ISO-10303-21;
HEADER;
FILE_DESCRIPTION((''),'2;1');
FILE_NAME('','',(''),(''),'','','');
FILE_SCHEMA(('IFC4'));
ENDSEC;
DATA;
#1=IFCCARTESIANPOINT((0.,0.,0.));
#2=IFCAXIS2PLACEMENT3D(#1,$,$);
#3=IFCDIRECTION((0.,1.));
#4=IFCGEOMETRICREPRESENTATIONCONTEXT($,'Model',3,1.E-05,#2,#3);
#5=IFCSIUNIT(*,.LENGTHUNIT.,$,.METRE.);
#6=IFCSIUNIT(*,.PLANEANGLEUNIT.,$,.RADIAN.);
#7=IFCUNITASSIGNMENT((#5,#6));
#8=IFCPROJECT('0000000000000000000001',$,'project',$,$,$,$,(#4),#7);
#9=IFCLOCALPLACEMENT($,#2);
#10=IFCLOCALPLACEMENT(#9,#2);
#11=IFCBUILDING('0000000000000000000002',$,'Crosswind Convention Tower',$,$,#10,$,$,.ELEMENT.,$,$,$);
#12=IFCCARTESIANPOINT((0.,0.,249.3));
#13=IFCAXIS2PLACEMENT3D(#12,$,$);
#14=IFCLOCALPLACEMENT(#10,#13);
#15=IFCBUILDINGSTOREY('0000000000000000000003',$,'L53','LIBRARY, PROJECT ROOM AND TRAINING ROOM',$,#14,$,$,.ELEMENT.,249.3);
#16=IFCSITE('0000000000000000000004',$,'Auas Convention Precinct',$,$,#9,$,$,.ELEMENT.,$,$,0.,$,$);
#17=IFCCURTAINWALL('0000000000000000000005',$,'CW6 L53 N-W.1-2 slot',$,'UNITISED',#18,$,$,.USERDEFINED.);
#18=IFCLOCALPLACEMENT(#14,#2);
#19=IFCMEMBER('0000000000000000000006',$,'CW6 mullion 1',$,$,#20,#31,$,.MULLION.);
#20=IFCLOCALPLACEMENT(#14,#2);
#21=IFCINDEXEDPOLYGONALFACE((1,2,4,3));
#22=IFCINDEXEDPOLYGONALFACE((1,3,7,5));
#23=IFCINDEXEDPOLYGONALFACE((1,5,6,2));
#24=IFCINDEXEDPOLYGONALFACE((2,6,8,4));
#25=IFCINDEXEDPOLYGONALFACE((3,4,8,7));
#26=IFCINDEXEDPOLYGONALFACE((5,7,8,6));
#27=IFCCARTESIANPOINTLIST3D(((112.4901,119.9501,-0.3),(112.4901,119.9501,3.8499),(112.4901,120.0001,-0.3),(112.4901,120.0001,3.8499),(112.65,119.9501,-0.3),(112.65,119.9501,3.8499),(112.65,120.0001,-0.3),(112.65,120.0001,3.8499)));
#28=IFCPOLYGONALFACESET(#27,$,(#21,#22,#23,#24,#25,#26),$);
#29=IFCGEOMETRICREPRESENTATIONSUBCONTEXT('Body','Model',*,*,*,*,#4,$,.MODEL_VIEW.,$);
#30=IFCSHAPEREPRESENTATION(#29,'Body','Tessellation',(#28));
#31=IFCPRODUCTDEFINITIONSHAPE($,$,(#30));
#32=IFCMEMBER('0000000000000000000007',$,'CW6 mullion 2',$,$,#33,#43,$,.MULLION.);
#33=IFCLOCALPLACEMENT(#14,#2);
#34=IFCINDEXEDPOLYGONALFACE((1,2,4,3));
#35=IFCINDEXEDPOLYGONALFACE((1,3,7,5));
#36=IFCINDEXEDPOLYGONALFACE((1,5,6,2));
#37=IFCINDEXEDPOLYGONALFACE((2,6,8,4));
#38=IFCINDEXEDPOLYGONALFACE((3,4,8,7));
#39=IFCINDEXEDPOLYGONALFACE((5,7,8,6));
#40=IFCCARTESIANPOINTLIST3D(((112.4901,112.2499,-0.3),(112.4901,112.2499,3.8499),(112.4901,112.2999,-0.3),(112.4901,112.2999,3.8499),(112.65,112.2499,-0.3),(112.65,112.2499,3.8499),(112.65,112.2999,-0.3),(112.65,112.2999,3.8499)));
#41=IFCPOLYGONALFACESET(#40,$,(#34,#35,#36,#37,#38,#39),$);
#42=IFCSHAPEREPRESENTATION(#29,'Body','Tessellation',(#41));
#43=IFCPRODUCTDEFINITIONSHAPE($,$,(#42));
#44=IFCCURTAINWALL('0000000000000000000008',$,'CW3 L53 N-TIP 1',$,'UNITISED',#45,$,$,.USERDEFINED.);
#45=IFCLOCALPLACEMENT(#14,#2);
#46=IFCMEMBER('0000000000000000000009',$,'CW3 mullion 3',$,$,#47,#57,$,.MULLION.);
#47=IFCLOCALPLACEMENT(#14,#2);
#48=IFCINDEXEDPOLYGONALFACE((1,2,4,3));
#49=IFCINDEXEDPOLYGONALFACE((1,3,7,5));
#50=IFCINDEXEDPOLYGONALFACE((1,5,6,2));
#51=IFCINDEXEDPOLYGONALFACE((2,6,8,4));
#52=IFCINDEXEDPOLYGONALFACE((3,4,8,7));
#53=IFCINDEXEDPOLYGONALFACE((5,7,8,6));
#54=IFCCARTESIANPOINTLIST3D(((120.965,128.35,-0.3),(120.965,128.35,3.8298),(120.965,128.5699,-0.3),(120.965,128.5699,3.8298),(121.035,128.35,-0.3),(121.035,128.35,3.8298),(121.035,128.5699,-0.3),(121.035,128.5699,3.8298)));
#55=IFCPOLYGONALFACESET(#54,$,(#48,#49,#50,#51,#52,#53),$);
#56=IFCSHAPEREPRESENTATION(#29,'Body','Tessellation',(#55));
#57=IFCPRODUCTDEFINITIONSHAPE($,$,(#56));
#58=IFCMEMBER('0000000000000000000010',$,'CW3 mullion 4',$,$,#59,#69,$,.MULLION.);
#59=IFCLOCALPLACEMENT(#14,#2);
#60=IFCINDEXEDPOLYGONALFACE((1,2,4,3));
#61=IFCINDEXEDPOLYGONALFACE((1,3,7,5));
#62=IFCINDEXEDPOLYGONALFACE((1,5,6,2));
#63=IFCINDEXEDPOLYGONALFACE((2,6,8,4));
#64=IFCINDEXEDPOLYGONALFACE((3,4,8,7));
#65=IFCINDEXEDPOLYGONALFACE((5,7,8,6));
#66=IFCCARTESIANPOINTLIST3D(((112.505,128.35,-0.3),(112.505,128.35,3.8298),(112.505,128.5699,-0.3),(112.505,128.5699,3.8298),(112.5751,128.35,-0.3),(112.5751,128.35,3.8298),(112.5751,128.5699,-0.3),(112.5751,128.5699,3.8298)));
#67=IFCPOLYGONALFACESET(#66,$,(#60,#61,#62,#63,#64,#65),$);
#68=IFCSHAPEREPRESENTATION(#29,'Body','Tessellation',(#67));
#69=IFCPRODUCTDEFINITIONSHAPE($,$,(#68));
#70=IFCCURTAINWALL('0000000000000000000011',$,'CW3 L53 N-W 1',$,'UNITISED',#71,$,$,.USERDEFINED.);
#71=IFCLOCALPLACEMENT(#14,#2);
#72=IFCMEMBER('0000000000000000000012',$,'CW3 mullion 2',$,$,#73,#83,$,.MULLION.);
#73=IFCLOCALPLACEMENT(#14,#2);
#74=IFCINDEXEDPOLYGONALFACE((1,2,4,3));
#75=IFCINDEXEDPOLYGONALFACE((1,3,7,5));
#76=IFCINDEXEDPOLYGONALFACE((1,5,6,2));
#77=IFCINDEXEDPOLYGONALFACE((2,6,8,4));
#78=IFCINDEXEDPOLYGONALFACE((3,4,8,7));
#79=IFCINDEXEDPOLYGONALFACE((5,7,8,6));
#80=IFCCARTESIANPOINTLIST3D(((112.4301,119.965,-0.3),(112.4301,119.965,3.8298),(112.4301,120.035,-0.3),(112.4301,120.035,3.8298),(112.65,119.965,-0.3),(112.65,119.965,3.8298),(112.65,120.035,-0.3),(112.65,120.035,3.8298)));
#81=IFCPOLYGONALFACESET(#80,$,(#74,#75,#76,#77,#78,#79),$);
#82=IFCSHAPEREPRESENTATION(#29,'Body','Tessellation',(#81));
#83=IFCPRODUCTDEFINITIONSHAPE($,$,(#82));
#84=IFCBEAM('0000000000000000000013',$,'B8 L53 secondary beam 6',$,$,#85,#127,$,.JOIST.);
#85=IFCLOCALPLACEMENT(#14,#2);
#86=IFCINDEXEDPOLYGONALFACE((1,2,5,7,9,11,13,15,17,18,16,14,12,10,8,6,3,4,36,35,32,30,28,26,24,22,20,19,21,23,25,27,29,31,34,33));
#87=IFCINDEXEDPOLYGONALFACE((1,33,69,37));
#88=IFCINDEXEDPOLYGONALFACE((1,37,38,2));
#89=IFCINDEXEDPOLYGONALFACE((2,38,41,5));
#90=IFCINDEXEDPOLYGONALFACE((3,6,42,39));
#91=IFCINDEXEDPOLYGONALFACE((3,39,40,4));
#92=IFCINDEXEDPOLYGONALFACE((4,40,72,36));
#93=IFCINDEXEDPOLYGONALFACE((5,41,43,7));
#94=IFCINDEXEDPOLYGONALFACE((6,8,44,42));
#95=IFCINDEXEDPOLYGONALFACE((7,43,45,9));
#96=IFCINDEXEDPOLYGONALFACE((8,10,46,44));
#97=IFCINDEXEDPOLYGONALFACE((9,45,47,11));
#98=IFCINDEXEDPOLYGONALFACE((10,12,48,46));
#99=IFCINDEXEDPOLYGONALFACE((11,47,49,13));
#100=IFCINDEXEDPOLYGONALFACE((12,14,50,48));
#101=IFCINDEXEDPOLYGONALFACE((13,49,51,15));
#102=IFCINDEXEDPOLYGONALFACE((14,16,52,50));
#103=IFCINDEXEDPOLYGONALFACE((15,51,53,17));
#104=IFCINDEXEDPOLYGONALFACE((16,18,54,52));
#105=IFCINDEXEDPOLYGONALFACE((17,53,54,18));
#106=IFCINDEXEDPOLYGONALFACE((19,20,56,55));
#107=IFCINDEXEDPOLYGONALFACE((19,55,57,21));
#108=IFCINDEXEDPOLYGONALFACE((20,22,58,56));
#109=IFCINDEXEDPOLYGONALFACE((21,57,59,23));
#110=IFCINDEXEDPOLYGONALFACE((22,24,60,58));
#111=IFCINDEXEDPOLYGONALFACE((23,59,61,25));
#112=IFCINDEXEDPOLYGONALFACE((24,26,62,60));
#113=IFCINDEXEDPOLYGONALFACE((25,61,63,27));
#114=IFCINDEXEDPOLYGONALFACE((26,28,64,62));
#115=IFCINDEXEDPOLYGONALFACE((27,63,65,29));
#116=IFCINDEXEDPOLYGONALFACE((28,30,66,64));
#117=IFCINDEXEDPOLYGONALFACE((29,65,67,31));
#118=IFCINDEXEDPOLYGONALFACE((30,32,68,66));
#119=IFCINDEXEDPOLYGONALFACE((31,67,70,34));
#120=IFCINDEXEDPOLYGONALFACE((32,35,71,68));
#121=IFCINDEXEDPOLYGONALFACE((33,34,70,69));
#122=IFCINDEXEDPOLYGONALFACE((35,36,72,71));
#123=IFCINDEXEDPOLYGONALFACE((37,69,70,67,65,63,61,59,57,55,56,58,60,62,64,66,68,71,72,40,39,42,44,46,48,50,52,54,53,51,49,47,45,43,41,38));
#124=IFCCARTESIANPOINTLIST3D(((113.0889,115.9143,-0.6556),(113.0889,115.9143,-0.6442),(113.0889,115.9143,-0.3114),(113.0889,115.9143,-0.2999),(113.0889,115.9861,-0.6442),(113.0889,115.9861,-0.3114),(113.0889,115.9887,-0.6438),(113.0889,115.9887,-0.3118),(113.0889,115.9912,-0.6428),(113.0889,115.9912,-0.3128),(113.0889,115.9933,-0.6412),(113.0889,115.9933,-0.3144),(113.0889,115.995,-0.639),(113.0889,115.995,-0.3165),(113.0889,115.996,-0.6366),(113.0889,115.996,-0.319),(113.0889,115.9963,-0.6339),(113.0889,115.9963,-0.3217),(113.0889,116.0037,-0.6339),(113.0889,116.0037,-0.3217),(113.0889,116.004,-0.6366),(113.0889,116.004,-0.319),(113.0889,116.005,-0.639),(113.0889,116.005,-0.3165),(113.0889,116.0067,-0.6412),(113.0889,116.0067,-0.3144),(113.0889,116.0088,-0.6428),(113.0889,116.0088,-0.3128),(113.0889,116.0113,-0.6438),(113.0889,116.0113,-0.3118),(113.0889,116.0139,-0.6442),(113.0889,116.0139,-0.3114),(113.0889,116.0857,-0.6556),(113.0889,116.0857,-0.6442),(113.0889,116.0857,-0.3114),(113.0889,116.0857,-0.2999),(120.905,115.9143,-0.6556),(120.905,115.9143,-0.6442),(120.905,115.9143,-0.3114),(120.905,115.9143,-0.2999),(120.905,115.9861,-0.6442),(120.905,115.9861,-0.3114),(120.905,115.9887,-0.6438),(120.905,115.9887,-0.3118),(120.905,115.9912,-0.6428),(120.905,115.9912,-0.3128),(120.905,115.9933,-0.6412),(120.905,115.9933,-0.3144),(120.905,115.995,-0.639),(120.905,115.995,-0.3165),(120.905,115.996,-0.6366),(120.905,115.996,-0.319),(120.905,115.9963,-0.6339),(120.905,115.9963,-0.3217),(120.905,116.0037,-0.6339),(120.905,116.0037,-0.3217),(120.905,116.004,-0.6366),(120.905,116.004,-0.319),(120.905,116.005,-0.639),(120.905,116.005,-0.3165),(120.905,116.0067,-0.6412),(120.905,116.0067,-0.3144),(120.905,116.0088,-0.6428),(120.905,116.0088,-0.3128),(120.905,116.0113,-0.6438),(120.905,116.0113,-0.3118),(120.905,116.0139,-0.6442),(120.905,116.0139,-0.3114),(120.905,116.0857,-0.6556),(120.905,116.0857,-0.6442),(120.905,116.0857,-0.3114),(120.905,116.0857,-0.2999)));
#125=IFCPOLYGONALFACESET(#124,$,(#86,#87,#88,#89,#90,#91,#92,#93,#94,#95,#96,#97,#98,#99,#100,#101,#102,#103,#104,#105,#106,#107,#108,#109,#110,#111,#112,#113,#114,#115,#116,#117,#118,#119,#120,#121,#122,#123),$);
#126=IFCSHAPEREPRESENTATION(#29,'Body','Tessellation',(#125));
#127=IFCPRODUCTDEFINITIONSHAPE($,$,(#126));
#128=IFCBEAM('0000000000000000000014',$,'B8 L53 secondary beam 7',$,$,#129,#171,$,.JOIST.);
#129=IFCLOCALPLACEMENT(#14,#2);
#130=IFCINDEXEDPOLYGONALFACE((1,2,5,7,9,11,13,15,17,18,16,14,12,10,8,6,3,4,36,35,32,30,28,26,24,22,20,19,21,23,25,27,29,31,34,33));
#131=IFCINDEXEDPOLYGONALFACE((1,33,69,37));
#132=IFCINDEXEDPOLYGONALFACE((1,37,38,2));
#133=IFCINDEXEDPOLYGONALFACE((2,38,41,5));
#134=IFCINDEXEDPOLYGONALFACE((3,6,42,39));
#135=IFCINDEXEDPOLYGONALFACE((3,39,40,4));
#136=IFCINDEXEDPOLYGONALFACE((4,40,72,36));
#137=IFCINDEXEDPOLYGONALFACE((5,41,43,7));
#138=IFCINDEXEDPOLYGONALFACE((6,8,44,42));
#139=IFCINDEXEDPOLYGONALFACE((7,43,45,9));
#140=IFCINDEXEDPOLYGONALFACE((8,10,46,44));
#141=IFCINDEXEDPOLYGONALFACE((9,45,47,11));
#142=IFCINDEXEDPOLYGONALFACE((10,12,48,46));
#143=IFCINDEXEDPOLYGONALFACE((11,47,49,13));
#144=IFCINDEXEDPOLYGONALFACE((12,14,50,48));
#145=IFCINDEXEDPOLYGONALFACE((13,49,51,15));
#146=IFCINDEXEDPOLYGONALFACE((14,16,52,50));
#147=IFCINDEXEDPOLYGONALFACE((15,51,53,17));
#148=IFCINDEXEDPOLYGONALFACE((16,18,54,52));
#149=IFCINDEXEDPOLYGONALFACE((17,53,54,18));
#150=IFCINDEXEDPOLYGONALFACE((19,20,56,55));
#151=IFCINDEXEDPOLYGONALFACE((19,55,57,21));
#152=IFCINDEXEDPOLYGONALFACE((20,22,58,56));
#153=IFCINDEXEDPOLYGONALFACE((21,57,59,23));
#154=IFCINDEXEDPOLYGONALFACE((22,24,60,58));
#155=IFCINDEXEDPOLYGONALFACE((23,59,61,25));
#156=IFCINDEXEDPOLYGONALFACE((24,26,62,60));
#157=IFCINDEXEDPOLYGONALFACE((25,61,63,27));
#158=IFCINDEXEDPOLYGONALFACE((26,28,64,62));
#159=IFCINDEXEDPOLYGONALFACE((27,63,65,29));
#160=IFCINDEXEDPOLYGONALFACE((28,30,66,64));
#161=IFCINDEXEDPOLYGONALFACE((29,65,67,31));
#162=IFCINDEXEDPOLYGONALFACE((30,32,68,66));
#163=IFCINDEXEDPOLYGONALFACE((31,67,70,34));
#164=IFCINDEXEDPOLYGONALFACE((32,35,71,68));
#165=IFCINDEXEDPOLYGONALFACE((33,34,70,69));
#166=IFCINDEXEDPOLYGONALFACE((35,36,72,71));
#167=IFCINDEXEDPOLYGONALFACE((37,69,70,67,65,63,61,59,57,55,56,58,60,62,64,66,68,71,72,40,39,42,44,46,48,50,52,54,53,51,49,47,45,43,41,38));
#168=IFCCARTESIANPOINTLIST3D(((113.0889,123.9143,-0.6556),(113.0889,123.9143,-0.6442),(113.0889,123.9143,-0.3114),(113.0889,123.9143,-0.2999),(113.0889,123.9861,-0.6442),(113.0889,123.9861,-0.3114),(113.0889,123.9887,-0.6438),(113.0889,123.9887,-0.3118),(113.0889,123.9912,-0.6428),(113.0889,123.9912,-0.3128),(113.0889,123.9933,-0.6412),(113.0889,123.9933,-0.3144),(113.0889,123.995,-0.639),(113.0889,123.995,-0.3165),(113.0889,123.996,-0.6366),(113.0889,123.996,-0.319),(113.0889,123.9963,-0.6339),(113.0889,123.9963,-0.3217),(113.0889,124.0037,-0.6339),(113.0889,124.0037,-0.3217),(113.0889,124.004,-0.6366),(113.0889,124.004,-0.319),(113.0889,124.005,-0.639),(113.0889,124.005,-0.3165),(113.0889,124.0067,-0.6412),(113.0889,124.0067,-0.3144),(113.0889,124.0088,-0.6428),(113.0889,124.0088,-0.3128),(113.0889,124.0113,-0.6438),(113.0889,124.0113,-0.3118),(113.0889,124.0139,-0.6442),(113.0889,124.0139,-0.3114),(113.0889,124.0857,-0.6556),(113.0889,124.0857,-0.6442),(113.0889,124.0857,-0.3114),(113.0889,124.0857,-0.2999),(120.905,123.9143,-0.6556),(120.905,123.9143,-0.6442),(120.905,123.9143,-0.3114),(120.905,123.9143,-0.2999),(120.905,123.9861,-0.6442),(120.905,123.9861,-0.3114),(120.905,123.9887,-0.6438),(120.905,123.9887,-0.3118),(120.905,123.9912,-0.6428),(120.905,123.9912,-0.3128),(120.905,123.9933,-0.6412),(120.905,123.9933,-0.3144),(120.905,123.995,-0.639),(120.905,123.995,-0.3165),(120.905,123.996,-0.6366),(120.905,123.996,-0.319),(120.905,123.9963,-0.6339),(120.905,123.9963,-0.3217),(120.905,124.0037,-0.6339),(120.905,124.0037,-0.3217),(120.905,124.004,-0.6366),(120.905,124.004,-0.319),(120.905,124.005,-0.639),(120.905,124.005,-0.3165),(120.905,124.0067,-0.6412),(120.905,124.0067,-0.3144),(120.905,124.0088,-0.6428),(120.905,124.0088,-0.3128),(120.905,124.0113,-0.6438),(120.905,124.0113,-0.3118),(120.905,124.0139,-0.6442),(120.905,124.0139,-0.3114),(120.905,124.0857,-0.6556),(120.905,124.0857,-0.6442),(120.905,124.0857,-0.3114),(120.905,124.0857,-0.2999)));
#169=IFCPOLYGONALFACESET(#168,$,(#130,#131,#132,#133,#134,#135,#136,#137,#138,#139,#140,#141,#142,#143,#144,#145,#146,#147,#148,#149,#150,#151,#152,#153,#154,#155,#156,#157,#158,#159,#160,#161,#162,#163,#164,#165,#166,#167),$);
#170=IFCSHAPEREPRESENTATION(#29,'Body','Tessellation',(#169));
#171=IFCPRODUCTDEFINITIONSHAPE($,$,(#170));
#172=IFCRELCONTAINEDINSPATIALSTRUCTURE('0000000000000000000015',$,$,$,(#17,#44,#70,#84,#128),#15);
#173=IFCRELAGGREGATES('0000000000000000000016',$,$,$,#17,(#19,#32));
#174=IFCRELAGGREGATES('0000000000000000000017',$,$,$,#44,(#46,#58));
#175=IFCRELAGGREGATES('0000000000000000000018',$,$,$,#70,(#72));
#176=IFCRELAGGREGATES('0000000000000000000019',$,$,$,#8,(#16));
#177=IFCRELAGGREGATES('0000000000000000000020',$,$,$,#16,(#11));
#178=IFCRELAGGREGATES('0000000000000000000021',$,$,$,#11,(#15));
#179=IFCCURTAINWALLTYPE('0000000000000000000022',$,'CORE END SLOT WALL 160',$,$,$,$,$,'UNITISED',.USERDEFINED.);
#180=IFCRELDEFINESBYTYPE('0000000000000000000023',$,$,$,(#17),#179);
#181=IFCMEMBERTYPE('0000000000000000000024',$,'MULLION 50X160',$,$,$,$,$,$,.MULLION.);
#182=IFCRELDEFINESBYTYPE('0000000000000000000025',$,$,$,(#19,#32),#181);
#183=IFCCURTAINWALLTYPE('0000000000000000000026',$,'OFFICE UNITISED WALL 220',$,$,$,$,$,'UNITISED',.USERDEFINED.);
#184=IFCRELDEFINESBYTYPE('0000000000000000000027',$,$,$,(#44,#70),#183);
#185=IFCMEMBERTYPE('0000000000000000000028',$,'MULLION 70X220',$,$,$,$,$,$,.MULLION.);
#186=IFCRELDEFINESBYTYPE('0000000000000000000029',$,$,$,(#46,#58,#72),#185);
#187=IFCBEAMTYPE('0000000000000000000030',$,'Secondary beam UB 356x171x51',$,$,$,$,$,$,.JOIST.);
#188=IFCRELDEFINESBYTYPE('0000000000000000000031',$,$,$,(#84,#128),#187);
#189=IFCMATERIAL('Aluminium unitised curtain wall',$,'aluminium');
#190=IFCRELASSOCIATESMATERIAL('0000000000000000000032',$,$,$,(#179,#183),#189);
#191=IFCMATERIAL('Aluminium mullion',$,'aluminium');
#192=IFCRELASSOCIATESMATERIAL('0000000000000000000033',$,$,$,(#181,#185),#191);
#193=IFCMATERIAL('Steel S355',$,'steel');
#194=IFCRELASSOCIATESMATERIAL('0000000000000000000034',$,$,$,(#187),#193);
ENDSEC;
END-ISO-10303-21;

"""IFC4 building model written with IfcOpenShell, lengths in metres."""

from ifc_helpers import new_model, si_unit, direction, frame, origin, origin_2d, place, context, subcontext, project, spatial, rectangle, i_section, extrude, material, material_profile, profile_set, type_object, element, aggregate, save


model = new_model("IFC4")

# Units and contexts
model_context = context("Model", 3, precision=1e-05, world=origin(), true_north=direction((0.0, 1.0)))
body_context = subcontext(model_context, "Body", "Model", "MODEL_VIEW")
ifc_project = project(units=[si_unit("LENGTHUNIT", "METRE"), si_unit("PLANEANGLEUNIT", "RADIAN")], contexts=[model_context])

# Site, building, storey
site_placement = place(None, origin())
site = spatial("IfcSite", under=ifc_project, at=site_placement, Name="Auas Convention Precinct", CompositionType="ELEMENT", RefElevation=0.0)
building_placement = place(site_placement, origin())
building = spatial("IfcBuilding", under=site, at=building_placement, Name="Crosswind Convention Tower", CompositionType="ELEMENT")
storey_placement = place(building_placement, frame((0.0, 0.0, 249.3)))
storey = spatial("IfcBuildingStorey", under=building, at=storey_placement, Name="L53", Description="LIBRARY, PROJECT ROOM AND TRAINING ROOM", CompositionType="ELEMENT", Elevation=249.3)

# Shared definitions
ifc_material_1 = material(Name="Steel S355", Category="steel")

# Curtain walls, members
ifc_material_2 = material(Name="Aluminium unitised curtain wall", Category="aluminium")
curtain_wall_type_1 = type_object("IfcCurtainWallType", Name="CORE END SLOT WALL 160", ElementType="UNITISED", PredefinedType="USERDEFINED", material=ifc_material_2)
curtain_wall_1_placement = place(storey_placement, origin())
curtain_wall_1 = element("IfcCurtainWall", 1, at=curtain_wall_1_placement, inside=storey, type_object=curtain_wall_type_1, Name="CW6 L53 N-W.1-2 slot", ObjectType="UNITISED", PredefinedType="USERDEFINED")
ifc_material_3 = material(Name="Aluminium mullion", Category="aluminium")
ifc_material_profile_1 = material_profile(ifc_material_3, rectangle(XDim=0.1599, YDim=0.05, at=origin_2d()), Name="AL 160X50")
ifc_profile_set_1 = profile_set([ifc_material_profile_1], Name="Aluminium mullion")
member_type_1 = type_object("IfcMemberType", Name="MULLION 50X160", PredefinedType="MULLION", material=ifc_profile_set_1)
member_1_placement = place(storey_placement, frame((112.5701, 119.9751, -0.3), z_axis=(0.0, 0.0, 1.0), x_axis=(-1.0, 0.0, 0.0)))
member_1 = element("IfcMember", 2, at=member_1_placement, type_object=member_type_1, Name="CW6 mullion 1", PredefinedType="MULLION", context=body_context, shape_type="SweptSolid", body=[
    extrude(rectangle(XDim=0.1599, YDim=0.05, at=origin_2d()), origin(), (0.0, 0.0, 1.0), 4.1499),
])
member_2_placement = place(storey_placement, frame((112.5701, 112.2749, -0.3), z_axis=(0.0, 0.0, 1.0), x_axis=(-1.0, 0.0, 0.0)))
member_2 = element("IfcMember", 3, at=member_2_placement, type_object=member_type_1, Name="CW6 mullion 2", PredefinedType="MULLION", context=body_context, shape_type="SweptSolid", body=[
    extrude(rectangle(XDim=0.1599, YDim=0.05, at=origin_2d()), origin(), (0.0, 0.0, 1.0), 4.1499),
])
curtain_wall_type_2 = type_object("IfcCurtainWallType", Name="OFFICE UNITISED WALL 220", ElementType="UNITISED", PredefinedType="USERDEFINED", material=ifc_material_2)
curtain_wall_2_placement = place(storey_placement, origin())
curtain_wall_2 = element("IfcCurtainWall", 4, at=curtain_wall_2_placement, inside=storey, type_object=curtain_wall_type_2, Name="CW3 L53 N-TIP 1", ObjectType="UNITISED", PredefinedType="USERDEFINED")
ifc_material_profile_2 = material_profile(ifc_material_3, rectangle(XDim=0.22, YDim=0.0701, at=origin_2d()), Name="AL 220X70")
ifc_profile_set_2 = profile_set([ifc_material_profile_2], Name="Aluminium mullion")
member_type_2 = type_object("IfcMemberType", Name="MULLION 70X220", PredefinedType="MULLION", material=ifc_profile_set_2)
member_3_placement = place(storey_placement, frame((121.0, 128.46, -0.3), z_axis=(0.0, 0.0, 1.0), x_axis=(0.0, 1.0, 0.0)))
member_3 = element("IfcMember", 5, at=member_3_placement, type_object=member_type_2, Name="CW3 mullion 3", PredefinedType="MULLION", context=body_context, shape_type="SweptSolid", body=[
    extrude(rectangle(XDim=0.22, YDim=0.0701, at=origin_2d()), origin(), (0.0, 0.0, 1.0), 4.1299),
])
member_4_placement = place(storey_placement, frame((112.54, 128.46, -0.3), z_axis=(0.0, 0.0, 1.0), x_axis=(0.0, 1.0, 0.0)))
member_4 = element("IfcMember", 6, at=member_4_placement, type_object=member_type_2, Name="CW3 mullion 4", PredefinedType="MULLION", context=body_context, shape_type="SweptSolid", body=[
    extrude(rectangle(XDim=0.22, YDim=0.0701, at=origin_2d()), origin(), (0.0, 0.0, 1.0), 4.1299),
])

# Curtain wall, member
curtain_wall_3_placement = place(storey_placement, origin())
curtain_wall_3 = element("IfcCurtainWall", 7, at=curtain_wall_3_placement, inside=storey, type_object=curtain_wall_type_2, Name="CW3 L53 N-W 1", ObjectType="UNITISED", PredefinedType="USERDEFINED")
member_5_placement = place(storey_placement, frame((112.54, 120.0, -0.3), z_axis=(0.0, 0.0, 1.0), x_axis=(-1.0, 0.0, 0.0)))
member_5 = element("IfcMember", 8, at=member_5_placement, type_object=member_type_2, Name="CW3 mullion 2", PredefinedType="MULLION", context=body_context, shape_type="SweptSolid", body=[
    extrude(rectangle(XDim=0.22, YDim=0.0701, at=origin_2d()), origin(), (0.0, 0.0, 1.0), 4.1299),
])

# Beams
ifc_material_profile_3 = material_profile(ifc_material_1, i_section(OverallWidth=0.1714, OverallDepth=0.3557, WebThickness=0.0073, FlangeThickness=0.0115, FilletRadius=0.0103, at=origin_2d()), Name="UB 356x171x51")
ifc_profile_set_3 = profile_set([ifc_material_profile_3], Name="Steel S355")
beam_type_1 = type_object("IfcBeamType", Name="Secondary beam UB 356x171x51", PredefinedType="JOIST", material=ifc_profile_set_3)
for number, where, z_axis, x_axis, name in (
    (9, (113.0889, 116.0, -0.4778), (1.0, 0.0, 0.0), (0.0, 1.0, 0.0), "B8 L53 secondary beam 6"),
    (10, (113.0889, 124.0, -0.4778), (1.0, 0.0, 0.0), (0.0, 1.0, 0.0), "B8 L53 secondary beam 7"),
):
    element("IfcBeam", number, at=place(storey_placement, frame(where, z_axis=z_axis, x_axis=x_axis)), inside=storey, type_object=beam_type_1, Name=name, PredefinedType="JOIST", context=body_context, shape_type="SweptSolid", body=[
        extrude(i_section(OverallWidth=0.1714, OverallDepth=0.3557, WebThickness=0.0073, FlangeThickness=0.0115, FilletRadius=0.0103, at=origin_2d()), origin(), (0.0, 0.0, 1.0), 7.8162),
    ])

aggregate(curtain_wall_1, [member_1, member_2])
aggregate(curtain_wall_2, [member_3, member_4])

aggregate(curtain_wall_3, [member_5])

save(model, "model.ifc")
